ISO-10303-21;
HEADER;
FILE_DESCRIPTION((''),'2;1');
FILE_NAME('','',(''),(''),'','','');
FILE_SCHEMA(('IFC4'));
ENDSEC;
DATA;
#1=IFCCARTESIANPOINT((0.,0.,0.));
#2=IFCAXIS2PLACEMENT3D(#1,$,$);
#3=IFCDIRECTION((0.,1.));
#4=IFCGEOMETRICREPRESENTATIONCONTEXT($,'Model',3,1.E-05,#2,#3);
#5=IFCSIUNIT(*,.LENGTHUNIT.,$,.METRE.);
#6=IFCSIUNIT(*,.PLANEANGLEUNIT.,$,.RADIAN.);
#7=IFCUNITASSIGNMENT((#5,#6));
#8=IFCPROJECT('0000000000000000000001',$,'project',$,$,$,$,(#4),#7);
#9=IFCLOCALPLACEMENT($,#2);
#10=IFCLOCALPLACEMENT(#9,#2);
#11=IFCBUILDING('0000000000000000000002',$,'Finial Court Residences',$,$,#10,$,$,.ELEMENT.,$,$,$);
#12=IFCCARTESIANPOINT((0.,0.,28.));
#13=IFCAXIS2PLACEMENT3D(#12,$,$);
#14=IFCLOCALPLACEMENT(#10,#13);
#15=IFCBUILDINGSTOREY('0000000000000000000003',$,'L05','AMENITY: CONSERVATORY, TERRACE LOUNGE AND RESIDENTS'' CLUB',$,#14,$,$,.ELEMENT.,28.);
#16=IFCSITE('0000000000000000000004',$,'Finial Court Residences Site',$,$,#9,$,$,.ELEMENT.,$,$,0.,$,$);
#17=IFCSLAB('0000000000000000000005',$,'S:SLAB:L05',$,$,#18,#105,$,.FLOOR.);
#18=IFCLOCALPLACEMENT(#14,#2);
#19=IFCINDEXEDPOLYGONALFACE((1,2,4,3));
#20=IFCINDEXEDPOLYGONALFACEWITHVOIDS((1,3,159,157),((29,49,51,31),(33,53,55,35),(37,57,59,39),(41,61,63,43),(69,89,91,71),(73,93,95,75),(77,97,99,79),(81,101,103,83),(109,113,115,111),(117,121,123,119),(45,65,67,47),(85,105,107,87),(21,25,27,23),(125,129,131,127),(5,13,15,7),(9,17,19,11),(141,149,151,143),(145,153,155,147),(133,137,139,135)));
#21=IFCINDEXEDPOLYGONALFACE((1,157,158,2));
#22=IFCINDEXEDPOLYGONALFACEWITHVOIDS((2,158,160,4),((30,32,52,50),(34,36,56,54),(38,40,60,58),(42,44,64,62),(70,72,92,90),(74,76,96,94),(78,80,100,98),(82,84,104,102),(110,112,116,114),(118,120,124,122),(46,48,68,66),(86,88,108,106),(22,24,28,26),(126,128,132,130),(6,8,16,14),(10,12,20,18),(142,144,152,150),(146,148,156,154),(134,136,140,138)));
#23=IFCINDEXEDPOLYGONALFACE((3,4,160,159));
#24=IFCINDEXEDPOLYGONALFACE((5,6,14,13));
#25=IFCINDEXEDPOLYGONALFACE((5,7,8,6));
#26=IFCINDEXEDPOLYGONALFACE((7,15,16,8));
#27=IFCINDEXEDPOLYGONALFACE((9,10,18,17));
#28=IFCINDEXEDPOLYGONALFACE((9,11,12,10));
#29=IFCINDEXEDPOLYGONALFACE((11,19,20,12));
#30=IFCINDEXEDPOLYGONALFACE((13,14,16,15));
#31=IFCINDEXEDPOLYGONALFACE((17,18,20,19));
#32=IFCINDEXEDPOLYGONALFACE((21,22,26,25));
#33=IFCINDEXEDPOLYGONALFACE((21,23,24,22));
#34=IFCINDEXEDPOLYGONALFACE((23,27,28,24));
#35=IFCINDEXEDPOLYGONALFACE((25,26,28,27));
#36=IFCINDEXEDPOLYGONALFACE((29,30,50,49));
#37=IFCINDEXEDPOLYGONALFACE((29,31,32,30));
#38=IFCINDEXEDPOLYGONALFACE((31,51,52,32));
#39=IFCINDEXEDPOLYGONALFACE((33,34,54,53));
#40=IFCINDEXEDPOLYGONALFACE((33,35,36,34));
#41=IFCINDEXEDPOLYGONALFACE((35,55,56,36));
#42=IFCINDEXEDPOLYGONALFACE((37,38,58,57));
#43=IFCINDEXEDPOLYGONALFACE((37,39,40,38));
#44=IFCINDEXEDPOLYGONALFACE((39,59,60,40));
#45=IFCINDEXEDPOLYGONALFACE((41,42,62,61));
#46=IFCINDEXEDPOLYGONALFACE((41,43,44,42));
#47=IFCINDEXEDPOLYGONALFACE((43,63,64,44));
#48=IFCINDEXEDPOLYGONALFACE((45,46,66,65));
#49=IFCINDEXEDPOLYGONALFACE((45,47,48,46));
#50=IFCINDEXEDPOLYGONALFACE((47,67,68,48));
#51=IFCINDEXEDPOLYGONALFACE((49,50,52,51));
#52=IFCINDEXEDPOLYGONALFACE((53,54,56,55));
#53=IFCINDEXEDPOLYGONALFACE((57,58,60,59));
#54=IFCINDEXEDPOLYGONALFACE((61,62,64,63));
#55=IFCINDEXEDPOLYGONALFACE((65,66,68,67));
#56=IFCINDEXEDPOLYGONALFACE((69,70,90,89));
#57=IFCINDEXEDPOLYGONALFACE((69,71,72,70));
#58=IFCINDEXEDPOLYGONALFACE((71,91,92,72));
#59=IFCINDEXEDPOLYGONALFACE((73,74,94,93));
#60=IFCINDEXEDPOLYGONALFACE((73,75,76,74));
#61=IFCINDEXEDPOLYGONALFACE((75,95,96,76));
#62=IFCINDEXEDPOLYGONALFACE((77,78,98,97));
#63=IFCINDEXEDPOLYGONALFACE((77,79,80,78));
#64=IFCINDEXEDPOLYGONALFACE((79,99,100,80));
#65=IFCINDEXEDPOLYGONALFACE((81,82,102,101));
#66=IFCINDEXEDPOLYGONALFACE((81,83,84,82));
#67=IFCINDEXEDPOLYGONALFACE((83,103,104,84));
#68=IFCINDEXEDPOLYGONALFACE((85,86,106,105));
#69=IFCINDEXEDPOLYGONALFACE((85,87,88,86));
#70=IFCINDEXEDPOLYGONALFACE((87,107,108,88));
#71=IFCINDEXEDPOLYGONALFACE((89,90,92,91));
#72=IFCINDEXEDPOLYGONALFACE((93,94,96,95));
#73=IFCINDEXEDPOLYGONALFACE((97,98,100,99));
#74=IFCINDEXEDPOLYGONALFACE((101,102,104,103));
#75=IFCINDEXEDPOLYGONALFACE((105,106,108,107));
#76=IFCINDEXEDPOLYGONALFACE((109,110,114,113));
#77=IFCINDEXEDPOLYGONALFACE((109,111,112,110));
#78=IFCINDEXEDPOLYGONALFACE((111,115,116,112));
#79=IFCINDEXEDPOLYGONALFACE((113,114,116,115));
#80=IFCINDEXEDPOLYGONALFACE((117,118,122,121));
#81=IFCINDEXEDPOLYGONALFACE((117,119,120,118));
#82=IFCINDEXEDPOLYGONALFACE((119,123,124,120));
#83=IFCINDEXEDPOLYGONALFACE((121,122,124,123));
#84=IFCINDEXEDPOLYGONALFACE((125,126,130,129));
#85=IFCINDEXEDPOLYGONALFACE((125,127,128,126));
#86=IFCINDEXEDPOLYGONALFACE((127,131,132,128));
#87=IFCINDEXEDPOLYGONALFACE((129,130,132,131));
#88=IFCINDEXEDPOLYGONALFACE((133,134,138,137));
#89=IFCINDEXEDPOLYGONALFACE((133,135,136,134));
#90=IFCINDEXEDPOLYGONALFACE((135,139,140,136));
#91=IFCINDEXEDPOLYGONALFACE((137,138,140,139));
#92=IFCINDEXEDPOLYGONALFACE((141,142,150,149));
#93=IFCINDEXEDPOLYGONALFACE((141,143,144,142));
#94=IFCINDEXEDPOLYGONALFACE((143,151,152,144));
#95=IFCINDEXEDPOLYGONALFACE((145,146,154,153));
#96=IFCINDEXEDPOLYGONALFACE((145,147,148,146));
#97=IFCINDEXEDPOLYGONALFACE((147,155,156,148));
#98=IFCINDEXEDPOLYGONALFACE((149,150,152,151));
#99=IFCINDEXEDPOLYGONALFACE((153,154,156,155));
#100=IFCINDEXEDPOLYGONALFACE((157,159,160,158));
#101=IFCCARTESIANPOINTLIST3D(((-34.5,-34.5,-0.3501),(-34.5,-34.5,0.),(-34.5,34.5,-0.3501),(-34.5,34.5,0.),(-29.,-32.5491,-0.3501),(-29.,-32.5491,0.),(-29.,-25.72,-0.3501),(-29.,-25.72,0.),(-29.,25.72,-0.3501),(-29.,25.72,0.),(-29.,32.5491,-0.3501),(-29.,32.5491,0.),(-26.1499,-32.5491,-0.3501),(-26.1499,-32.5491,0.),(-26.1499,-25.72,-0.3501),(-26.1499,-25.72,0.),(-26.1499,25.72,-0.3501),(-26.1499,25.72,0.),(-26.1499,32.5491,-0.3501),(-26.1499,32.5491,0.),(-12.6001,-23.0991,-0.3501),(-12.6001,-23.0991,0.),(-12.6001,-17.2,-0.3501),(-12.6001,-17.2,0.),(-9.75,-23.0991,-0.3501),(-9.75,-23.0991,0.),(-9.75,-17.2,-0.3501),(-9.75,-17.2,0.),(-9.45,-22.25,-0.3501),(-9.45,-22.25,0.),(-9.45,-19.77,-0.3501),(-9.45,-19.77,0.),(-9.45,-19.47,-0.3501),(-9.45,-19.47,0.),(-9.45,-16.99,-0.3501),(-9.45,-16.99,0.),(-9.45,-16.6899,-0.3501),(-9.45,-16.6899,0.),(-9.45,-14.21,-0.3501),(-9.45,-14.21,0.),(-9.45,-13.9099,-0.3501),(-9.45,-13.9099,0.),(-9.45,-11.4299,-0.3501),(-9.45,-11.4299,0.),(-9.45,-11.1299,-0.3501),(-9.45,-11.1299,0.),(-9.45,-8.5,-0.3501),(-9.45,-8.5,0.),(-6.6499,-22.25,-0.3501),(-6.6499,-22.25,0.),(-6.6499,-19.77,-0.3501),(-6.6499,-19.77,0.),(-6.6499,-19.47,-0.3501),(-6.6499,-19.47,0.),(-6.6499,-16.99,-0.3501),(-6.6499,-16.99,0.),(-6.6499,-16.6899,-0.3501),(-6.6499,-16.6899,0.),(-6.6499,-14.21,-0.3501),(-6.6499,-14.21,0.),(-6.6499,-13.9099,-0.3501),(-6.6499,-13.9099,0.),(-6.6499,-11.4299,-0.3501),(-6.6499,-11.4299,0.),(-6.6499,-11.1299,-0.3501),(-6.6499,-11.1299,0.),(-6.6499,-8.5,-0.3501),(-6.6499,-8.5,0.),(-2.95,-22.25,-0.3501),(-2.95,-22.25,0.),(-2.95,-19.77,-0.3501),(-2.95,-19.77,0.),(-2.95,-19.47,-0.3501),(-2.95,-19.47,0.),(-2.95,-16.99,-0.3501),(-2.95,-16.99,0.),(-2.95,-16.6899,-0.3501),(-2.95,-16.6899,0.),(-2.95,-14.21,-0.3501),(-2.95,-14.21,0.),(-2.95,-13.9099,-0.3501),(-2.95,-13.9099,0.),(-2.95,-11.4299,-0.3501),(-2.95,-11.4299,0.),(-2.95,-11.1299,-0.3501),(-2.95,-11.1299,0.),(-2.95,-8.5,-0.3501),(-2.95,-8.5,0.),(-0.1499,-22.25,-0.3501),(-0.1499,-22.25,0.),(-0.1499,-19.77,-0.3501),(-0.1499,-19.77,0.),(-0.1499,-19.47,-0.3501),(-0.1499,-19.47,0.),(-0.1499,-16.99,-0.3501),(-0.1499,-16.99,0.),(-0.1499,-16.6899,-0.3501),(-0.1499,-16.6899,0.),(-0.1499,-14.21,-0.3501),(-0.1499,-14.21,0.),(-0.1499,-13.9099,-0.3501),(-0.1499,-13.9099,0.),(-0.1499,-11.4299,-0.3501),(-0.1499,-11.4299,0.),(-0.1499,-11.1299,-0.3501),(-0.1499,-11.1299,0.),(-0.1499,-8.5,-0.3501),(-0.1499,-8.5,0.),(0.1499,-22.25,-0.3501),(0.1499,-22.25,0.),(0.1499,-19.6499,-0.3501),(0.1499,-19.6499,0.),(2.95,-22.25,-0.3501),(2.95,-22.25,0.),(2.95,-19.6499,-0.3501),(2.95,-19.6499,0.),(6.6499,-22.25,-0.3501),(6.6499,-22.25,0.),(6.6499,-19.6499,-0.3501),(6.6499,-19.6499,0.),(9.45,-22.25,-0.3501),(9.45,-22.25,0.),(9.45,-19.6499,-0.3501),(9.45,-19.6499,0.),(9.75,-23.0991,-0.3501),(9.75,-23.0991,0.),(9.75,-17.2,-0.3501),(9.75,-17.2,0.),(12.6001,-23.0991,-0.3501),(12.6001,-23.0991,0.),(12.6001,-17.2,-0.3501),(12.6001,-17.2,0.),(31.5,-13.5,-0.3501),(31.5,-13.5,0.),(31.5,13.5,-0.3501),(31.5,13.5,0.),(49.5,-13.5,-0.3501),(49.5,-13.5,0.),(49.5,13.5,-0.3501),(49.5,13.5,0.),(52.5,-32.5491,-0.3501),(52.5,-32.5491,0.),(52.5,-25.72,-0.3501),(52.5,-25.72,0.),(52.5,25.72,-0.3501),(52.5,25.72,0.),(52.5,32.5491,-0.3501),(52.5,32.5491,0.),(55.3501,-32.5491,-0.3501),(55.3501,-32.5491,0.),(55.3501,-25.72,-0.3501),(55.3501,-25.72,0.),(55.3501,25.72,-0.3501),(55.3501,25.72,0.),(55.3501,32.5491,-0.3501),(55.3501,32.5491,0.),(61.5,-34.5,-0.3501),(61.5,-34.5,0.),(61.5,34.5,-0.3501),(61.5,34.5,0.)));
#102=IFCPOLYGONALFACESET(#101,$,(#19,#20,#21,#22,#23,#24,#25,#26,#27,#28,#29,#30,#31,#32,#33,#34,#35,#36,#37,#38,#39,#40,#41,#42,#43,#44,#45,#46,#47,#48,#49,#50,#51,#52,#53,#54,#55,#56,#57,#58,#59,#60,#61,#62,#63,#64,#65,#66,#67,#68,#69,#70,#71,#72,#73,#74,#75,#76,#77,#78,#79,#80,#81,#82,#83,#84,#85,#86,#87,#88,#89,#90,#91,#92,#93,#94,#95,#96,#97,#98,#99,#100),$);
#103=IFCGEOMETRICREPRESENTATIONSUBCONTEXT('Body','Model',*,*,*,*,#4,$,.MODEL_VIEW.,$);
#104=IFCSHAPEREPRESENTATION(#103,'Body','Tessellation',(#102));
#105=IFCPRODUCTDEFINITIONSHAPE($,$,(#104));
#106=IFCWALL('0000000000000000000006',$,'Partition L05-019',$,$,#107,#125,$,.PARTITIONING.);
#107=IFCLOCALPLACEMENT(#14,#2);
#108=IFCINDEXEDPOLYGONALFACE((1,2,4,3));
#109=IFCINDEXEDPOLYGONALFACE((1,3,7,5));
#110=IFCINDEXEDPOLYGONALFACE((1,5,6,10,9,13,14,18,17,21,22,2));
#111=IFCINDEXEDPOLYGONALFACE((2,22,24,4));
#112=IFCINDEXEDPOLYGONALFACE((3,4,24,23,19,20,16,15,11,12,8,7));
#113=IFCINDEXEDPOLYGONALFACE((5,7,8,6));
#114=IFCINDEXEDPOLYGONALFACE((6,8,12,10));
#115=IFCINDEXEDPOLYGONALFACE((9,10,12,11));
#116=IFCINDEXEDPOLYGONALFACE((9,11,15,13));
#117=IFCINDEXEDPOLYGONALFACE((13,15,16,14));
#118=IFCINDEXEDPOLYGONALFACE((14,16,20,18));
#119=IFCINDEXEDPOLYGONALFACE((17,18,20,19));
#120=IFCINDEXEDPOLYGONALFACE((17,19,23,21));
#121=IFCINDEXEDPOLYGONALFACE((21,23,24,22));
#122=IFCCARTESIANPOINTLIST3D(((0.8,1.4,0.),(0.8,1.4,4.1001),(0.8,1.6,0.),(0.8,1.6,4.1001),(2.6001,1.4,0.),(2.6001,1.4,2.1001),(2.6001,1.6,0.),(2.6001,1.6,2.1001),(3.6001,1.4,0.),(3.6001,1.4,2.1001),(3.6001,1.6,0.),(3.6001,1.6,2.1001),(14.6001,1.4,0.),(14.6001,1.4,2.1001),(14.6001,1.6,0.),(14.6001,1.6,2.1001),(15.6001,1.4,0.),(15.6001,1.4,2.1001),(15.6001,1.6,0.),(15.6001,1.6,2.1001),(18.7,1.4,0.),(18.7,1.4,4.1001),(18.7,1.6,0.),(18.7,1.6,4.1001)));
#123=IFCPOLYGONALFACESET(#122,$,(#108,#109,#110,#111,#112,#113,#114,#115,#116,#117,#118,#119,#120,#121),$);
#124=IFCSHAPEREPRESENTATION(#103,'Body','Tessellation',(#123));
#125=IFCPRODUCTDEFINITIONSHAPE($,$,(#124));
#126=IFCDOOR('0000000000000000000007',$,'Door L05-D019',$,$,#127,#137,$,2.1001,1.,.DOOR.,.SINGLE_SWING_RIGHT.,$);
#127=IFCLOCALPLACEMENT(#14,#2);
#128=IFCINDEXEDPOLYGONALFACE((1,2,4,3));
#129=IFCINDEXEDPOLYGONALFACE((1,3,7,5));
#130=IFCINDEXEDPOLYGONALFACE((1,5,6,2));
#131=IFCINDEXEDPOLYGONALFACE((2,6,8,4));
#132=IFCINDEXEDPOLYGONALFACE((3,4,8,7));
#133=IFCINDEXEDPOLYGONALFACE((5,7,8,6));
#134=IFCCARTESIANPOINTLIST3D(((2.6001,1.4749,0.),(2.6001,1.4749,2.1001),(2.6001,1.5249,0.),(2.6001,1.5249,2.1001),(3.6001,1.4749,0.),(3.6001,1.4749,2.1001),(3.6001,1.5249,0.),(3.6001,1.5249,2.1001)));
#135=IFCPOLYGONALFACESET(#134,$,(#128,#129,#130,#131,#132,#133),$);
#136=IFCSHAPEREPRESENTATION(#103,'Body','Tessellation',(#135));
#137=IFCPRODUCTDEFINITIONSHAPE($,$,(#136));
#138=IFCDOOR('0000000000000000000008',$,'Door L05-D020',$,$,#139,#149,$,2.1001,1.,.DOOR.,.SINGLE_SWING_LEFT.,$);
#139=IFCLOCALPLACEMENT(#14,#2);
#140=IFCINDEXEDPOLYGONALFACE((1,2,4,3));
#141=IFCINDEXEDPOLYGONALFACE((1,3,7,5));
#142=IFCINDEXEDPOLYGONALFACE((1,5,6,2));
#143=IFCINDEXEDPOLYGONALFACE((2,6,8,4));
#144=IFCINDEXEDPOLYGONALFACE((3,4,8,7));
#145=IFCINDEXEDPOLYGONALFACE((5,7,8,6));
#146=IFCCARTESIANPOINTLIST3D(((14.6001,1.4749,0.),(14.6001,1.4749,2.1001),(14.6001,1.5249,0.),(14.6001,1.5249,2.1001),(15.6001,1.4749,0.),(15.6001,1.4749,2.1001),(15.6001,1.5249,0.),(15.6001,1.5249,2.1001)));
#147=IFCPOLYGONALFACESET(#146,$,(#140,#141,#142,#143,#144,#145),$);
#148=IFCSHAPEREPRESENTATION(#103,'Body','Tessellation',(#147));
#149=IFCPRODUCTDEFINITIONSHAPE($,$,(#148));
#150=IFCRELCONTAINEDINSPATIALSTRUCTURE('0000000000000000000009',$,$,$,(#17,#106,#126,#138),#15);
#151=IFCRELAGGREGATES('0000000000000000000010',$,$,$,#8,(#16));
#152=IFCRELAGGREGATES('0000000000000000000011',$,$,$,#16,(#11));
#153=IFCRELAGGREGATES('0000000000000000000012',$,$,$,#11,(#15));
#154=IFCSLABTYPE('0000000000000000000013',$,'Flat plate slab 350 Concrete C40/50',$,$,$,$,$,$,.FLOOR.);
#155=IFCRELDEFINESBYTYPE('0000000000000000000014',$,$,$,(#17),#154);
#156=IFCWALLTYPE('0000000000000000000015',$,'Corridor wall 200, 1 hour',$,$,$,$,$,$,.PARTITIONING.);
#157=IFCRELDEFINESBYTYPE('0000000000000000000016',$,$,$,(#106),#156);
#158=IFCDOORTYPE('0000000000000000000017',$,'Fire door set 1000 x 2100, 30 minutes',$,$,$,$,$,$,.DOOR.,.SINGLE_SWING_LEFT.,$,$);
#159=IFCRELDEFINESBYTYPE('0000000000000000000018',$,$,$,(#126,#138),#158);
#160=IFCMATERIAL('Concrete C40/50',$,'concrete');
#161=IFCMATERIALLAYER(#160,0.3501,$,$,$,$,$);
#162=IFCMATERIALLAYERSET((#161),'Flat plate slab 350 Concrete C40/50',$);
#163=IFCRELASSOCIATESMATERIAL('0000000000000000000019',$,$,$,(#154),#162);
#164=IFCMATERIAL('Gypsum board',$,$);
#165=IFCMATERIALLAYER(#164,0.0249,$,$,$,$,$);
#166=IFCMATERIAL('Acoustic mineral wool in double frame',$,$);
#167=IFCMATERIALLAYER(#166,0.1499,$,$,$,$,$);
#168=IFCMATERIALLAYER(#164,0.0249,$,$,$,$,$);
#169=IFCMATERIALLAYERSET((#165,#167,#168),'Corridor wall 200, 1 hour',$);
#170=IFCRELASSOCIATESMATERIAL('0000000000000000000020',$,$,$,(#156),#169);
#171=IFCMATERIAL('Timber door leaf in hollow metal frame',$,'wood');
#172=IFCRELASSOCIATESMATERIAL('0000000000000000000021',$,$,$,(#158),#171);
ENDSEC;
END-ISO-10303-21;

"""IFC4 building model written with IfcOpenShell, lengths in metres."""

from ifc_helpers import new_model, si_unit, direction, frame, frame_2d, origin, place, context, subcontext, project, spatial, polyline, rectangle, outline, extrude, material, layer, layer_set, type_object, element, fill, save


model = new_model("IFC4")

# Units and contexts
model_context = context("Model", 3, precision=1e-05, world=origin(), true_north=direction((0.0, 1.0)))
body_context = subcontext(model_context, "Body", "Model", "MODEL_VIEW")
ifc_project = project(units=[si_unit("LENGTHUNIT", "METRE"), si_unit("PLANEANGLEUNIT", "RADIAN")], contexts=[model_context])

# Site, building, storey
site_placement = place(None, origin())
site = spatial("IfcSite", under=ifc_project, at=site_placement, Name="Finial Court Residences Site", CompositionType="ELEMENT", RefElevation=0.0)
building_placement = place(site_placement, origin())
building = spatial("IfcBuilding", under=site, at=building_placement, Name="Finial Court Residences", CompositionType="ELEMENT")
storey_placement = place(building_placement, frame((0.0, 0.0, 28.0)))
storey = spatial("IfcBuildingStorey", under=building, at=storey_placement, Name="L05", Description="AMENITY: CONSERVATORY, TERRACE LOUNGE AND RESIDENTS' CLUB", CompositionType="ELEMENT", Elevation=28.0)

# Slab
ifc_material_1 = material(Name="Concrete C40/50", Category="concrete")
ifc_layer_1 = layer(ifc_material_1, 0.3501)
ifc_layer_set_1 = layer_set([ifc_layer_1], Name="Flat plate slab 350 Concrete C40/50")
slab_type_1 = type_object("IfcSlabType", Name="Flat plate slab 350 Concrete C40/50", PredefinedType="FLOOR", material=ifc_layer_set_1)
slab_1_placement = place(storey_placement, frame((0.0, 0.0, -0.3501)))
element("IfcSlab", 1, at=slab_1_placement, inside=storey, type_object=slab_type_1, Name="S:SLAB:L05", PredefinedType="FLOOR", context=body_context, shape_type="SweptSolid", body=[
    extrude(outline(polyline([(-34.5, 34.5), (61.5, 34.5), (61.5, -34.5), (-34.5, -34.5), (-34.5, 34.5)]), holes=[polyline([(31.5, 13.5), (31.5, -13.5), (49.5, -13.5), (49.5, 13.5), (31.5, 13.5)]), polyline([(-26.1499, -25.72), (-29.0, -25.72), (-29.0, -32.5491), (-26.1499, -32.5491), (-26.1499, -25.72)]), polyline([(-6.6499, -22.25), (-6.6499, -19.77), (-9.45, -19.77), (-9.45, -22.25), (-6.6499, -22.25)]), polyline([(-9.75, -17.2), (-12.6001, -17.2), (-12.6001, -23.0991), (-9.75, -23.0991), (-9.75, -17.2)]), polyline([(-6.6499, -19.47), (-6.6499, -16.99), (-9.45, -16.99), (-9.45, -19.47), (-6.6499, -19.47)]), polyline([(-6.6499, -16.6899), (-6.6499, -14.21), (-9.45, -14.21), (-9.45, -16.6899), (-6.6499, -16.6899)]), polyline([(-0.1499, -16.6899), (-0.1499, -14.21), (-2.95, -14.21), (-2.95, -16.6899), (-0.1499, -16.6899)]), polyline([(-6.6499, -13.9099), (-6.6499, -11.4299), (-9.45, -11.4299), (-9.45, -13.9099), (-6.6499, -13.9099)]), polyline([(-9.45, -11.1299), (-6.6499, -11.1299), (-6.6499, -8.5), (-9.45, -8.5), (-9.45, -11.1299)]), polyline([(-26.1499, 25.72), (-26.1499, 32.5491), (-29.0, 32.5491), (-29.0, 25.72), (-26.1499, 25.72)]), polyline([(55.3501, -25.72), (52.5, -25.72), (52.5, -32.5491), (55.3501, -32.5491), (55.3501, -25.72)]), polyline([(-0.1499, -22.25), (-0.1499, -19.77), (-2.95, -19.77), (-2.95, -22.25), (-0.1499, -22.25)]), polyline([(2.95, -22.25), (2.95, -19.6499), (0.1499, -19.6499), (0.1499, -22.25), (2.95, -22.25)]), polyline([(9.45, -22.25), (9.45, -19.6499), (6.6499, -19.6499), (6.6499, -22.25), (9.45, -22.25)]), polyline([(12.6001, -17.2), (9.75, -17.2), (9.75, -23.0991), (12.6001, -23.0991), (12.6001, -17.2)]), polyline([(-0.1499, -19.47), (-0.1499, -16.99), (-2.95, -16.99), (-2.95, -19.47), (-0.1499, -19.47)]), polyline([(-0.1499, -13.9099), (-0.1499, -11.4299), (-2.95, -11.4299), (-2.95, -13.9099), (-0.1499, -13.9099)]), polyline([(-2.95, -11.1299), (-0.1499, -11.1299), (-0.1499, -8.5), (-2.95, -8.5), (-2.95, -11.1299)]), polyline([(55.3501, 25.72), (55.3501, 32.5491), (52.5, 32.5491), (52.5, 25.72), (55.3501, 25.72)])]), origin(), (0.0, 0.0, 1.0), 0.3501),
])

# Wall, openings, doors
ifc_material_2 = material(Name="Gypsum board")
ifc_layer_2 = layer(ifc_material_2, 0.0249)
ifc_material_3 = material(Name="Acoustic mineral wool in double frame")
ifc_layer_3 = layer(ifc_material_3, 0.1499)
ifc_layer_4 = layer(ifc_material_2, 0.0249)
ifc_layer_set_2 = layer_set([ifc_layer_2, ifc_layer_3, ifc_layer_4], Name="Corridor wall 200, 1 hour")
wall_type_1 = type_object("IfcWallType", Name="Corridor wall 200, 1 hour", PredefinedType="PARTITIONING", material=ifc_layer_set_2)
wall_1_placement = place(storey_placement, frame((0.8, 1.5, 0.0), z_axis=(0.0, 0.0, 1.0), x_axis=(1.0, 0.0, 0.0)))
wall_1 = element("IfcWall", 2, at=wall_1_placement, inside=storey, type_object=wall_type_1, Name="Partition L05-019", PredefinedType="PARTITIONING", context=body_context, shape_type="SweptSolid", body=[
    extrude(rectangle(XDim=17.8999, YDim=0.2, at=frame_2d((8.95, 0.0))), origin(), (0.0, 0.0, 1.0), 4.1001),
])
opening_1_placement = place(wall_1_placement, frame((1.8, 0.0, 0.0)))
opening_1 = element("IfcOpeningElement", 3, at=opening_1_placement, cuts=wall_1, PredefinedType="OPENING", context=body_context, shape_type="SweptSolid", body=[
    extrude(rectangle(XDim=1.0, YDim=2.1001, at=frame_2d((0.5, 1.05))), frame((0.0, 0.1099, 0.0), z_axis=(0.0, -1.0, 0.0), x_axis=(1.0, 0.0, 0.0)), (0.0, 0.0, 1.0), 0.22),
])
opening_2_placement = place(wall_1_placement, frame((13.8, 0.0, 0.0)))
opening_2 = element("IfcOpeningElement", 4, at=opening_2_placement, cuts=wall_1, PredefinedType="OPENING", context=body_context, shape_type="SweptSolid", body=[
    extrude(rectangle(XDim=1.0, YDim=2.1001, at=frame_2d((0.5, 1.05))), frame((0.0, 0.1099, 0.0), z_axis=(0.0, -1.0, 0.0), x_axis=(1.0, 0.0, 0.0)), (0.0, 0.0, 1.0), 0.22),
])
ifc_material_4 = material(Name="Timber door leaf in hollow metal frame", Category="wood")
door_type = type_object("IfcDoorType", Name="Fire door set 1000 x 2100, 30 minutes", OperationType="SINGLE_SWING_LEFT", PredefinedType="DOOR", material=ifc_material_4)
door_1_placement = place(opening_1_placement, origin())
door_1 = element("IfcDoor", 5, at=door_1_placement, inside=storey, type_object=door_type, Name="Door L05-D019", OperationType="SINGLE_SWING_RIGHT", OverallHeight=2.1001, OverallWidth=1.0, PredefinedType="DOOR", context=body_context, shape_type="SweptSolid", body=[
    extrude(rectangle(XDim=1.0, YDim=2.1001, at=frame_2d((0.5, 1.05))), frame((0.0, 0.0249, 0.0), z_axis=(0.0, -1.0, 0.0), x_axis=(1.0, 0.0, 0.0)), (0.0, 0.0, 1.0), 0.05),
])
fill(opening_1, door_1)
door_2_placement = place(opening_2_placement, origin())
door_2 = element("IfcDoor", 6, at=door_2_placement, inside=storey, type_object=door_type, Name="Door L05-D020", OperationType="SINGLE_SWING_LEFT", OverallHeight=2.1001, OverallWidth=1.0, PredefinedType="DOOR", context=body_context, shape_type="SweptSolid", body=[
    extrude(rectangle(XDim=1.0, YDim=2.1001, at=frame_2d((0.5, 1.05))), frame((0.0, 0.0249, 0.0), z_axis=(0.0, -1.0, 0.0), x_axis=(1.0, 0.0, 0.0)), (0.0, 0.0, 1.0), 0.05),
])
fill(opening_2, door_2)

save(model, "model.ifc")
